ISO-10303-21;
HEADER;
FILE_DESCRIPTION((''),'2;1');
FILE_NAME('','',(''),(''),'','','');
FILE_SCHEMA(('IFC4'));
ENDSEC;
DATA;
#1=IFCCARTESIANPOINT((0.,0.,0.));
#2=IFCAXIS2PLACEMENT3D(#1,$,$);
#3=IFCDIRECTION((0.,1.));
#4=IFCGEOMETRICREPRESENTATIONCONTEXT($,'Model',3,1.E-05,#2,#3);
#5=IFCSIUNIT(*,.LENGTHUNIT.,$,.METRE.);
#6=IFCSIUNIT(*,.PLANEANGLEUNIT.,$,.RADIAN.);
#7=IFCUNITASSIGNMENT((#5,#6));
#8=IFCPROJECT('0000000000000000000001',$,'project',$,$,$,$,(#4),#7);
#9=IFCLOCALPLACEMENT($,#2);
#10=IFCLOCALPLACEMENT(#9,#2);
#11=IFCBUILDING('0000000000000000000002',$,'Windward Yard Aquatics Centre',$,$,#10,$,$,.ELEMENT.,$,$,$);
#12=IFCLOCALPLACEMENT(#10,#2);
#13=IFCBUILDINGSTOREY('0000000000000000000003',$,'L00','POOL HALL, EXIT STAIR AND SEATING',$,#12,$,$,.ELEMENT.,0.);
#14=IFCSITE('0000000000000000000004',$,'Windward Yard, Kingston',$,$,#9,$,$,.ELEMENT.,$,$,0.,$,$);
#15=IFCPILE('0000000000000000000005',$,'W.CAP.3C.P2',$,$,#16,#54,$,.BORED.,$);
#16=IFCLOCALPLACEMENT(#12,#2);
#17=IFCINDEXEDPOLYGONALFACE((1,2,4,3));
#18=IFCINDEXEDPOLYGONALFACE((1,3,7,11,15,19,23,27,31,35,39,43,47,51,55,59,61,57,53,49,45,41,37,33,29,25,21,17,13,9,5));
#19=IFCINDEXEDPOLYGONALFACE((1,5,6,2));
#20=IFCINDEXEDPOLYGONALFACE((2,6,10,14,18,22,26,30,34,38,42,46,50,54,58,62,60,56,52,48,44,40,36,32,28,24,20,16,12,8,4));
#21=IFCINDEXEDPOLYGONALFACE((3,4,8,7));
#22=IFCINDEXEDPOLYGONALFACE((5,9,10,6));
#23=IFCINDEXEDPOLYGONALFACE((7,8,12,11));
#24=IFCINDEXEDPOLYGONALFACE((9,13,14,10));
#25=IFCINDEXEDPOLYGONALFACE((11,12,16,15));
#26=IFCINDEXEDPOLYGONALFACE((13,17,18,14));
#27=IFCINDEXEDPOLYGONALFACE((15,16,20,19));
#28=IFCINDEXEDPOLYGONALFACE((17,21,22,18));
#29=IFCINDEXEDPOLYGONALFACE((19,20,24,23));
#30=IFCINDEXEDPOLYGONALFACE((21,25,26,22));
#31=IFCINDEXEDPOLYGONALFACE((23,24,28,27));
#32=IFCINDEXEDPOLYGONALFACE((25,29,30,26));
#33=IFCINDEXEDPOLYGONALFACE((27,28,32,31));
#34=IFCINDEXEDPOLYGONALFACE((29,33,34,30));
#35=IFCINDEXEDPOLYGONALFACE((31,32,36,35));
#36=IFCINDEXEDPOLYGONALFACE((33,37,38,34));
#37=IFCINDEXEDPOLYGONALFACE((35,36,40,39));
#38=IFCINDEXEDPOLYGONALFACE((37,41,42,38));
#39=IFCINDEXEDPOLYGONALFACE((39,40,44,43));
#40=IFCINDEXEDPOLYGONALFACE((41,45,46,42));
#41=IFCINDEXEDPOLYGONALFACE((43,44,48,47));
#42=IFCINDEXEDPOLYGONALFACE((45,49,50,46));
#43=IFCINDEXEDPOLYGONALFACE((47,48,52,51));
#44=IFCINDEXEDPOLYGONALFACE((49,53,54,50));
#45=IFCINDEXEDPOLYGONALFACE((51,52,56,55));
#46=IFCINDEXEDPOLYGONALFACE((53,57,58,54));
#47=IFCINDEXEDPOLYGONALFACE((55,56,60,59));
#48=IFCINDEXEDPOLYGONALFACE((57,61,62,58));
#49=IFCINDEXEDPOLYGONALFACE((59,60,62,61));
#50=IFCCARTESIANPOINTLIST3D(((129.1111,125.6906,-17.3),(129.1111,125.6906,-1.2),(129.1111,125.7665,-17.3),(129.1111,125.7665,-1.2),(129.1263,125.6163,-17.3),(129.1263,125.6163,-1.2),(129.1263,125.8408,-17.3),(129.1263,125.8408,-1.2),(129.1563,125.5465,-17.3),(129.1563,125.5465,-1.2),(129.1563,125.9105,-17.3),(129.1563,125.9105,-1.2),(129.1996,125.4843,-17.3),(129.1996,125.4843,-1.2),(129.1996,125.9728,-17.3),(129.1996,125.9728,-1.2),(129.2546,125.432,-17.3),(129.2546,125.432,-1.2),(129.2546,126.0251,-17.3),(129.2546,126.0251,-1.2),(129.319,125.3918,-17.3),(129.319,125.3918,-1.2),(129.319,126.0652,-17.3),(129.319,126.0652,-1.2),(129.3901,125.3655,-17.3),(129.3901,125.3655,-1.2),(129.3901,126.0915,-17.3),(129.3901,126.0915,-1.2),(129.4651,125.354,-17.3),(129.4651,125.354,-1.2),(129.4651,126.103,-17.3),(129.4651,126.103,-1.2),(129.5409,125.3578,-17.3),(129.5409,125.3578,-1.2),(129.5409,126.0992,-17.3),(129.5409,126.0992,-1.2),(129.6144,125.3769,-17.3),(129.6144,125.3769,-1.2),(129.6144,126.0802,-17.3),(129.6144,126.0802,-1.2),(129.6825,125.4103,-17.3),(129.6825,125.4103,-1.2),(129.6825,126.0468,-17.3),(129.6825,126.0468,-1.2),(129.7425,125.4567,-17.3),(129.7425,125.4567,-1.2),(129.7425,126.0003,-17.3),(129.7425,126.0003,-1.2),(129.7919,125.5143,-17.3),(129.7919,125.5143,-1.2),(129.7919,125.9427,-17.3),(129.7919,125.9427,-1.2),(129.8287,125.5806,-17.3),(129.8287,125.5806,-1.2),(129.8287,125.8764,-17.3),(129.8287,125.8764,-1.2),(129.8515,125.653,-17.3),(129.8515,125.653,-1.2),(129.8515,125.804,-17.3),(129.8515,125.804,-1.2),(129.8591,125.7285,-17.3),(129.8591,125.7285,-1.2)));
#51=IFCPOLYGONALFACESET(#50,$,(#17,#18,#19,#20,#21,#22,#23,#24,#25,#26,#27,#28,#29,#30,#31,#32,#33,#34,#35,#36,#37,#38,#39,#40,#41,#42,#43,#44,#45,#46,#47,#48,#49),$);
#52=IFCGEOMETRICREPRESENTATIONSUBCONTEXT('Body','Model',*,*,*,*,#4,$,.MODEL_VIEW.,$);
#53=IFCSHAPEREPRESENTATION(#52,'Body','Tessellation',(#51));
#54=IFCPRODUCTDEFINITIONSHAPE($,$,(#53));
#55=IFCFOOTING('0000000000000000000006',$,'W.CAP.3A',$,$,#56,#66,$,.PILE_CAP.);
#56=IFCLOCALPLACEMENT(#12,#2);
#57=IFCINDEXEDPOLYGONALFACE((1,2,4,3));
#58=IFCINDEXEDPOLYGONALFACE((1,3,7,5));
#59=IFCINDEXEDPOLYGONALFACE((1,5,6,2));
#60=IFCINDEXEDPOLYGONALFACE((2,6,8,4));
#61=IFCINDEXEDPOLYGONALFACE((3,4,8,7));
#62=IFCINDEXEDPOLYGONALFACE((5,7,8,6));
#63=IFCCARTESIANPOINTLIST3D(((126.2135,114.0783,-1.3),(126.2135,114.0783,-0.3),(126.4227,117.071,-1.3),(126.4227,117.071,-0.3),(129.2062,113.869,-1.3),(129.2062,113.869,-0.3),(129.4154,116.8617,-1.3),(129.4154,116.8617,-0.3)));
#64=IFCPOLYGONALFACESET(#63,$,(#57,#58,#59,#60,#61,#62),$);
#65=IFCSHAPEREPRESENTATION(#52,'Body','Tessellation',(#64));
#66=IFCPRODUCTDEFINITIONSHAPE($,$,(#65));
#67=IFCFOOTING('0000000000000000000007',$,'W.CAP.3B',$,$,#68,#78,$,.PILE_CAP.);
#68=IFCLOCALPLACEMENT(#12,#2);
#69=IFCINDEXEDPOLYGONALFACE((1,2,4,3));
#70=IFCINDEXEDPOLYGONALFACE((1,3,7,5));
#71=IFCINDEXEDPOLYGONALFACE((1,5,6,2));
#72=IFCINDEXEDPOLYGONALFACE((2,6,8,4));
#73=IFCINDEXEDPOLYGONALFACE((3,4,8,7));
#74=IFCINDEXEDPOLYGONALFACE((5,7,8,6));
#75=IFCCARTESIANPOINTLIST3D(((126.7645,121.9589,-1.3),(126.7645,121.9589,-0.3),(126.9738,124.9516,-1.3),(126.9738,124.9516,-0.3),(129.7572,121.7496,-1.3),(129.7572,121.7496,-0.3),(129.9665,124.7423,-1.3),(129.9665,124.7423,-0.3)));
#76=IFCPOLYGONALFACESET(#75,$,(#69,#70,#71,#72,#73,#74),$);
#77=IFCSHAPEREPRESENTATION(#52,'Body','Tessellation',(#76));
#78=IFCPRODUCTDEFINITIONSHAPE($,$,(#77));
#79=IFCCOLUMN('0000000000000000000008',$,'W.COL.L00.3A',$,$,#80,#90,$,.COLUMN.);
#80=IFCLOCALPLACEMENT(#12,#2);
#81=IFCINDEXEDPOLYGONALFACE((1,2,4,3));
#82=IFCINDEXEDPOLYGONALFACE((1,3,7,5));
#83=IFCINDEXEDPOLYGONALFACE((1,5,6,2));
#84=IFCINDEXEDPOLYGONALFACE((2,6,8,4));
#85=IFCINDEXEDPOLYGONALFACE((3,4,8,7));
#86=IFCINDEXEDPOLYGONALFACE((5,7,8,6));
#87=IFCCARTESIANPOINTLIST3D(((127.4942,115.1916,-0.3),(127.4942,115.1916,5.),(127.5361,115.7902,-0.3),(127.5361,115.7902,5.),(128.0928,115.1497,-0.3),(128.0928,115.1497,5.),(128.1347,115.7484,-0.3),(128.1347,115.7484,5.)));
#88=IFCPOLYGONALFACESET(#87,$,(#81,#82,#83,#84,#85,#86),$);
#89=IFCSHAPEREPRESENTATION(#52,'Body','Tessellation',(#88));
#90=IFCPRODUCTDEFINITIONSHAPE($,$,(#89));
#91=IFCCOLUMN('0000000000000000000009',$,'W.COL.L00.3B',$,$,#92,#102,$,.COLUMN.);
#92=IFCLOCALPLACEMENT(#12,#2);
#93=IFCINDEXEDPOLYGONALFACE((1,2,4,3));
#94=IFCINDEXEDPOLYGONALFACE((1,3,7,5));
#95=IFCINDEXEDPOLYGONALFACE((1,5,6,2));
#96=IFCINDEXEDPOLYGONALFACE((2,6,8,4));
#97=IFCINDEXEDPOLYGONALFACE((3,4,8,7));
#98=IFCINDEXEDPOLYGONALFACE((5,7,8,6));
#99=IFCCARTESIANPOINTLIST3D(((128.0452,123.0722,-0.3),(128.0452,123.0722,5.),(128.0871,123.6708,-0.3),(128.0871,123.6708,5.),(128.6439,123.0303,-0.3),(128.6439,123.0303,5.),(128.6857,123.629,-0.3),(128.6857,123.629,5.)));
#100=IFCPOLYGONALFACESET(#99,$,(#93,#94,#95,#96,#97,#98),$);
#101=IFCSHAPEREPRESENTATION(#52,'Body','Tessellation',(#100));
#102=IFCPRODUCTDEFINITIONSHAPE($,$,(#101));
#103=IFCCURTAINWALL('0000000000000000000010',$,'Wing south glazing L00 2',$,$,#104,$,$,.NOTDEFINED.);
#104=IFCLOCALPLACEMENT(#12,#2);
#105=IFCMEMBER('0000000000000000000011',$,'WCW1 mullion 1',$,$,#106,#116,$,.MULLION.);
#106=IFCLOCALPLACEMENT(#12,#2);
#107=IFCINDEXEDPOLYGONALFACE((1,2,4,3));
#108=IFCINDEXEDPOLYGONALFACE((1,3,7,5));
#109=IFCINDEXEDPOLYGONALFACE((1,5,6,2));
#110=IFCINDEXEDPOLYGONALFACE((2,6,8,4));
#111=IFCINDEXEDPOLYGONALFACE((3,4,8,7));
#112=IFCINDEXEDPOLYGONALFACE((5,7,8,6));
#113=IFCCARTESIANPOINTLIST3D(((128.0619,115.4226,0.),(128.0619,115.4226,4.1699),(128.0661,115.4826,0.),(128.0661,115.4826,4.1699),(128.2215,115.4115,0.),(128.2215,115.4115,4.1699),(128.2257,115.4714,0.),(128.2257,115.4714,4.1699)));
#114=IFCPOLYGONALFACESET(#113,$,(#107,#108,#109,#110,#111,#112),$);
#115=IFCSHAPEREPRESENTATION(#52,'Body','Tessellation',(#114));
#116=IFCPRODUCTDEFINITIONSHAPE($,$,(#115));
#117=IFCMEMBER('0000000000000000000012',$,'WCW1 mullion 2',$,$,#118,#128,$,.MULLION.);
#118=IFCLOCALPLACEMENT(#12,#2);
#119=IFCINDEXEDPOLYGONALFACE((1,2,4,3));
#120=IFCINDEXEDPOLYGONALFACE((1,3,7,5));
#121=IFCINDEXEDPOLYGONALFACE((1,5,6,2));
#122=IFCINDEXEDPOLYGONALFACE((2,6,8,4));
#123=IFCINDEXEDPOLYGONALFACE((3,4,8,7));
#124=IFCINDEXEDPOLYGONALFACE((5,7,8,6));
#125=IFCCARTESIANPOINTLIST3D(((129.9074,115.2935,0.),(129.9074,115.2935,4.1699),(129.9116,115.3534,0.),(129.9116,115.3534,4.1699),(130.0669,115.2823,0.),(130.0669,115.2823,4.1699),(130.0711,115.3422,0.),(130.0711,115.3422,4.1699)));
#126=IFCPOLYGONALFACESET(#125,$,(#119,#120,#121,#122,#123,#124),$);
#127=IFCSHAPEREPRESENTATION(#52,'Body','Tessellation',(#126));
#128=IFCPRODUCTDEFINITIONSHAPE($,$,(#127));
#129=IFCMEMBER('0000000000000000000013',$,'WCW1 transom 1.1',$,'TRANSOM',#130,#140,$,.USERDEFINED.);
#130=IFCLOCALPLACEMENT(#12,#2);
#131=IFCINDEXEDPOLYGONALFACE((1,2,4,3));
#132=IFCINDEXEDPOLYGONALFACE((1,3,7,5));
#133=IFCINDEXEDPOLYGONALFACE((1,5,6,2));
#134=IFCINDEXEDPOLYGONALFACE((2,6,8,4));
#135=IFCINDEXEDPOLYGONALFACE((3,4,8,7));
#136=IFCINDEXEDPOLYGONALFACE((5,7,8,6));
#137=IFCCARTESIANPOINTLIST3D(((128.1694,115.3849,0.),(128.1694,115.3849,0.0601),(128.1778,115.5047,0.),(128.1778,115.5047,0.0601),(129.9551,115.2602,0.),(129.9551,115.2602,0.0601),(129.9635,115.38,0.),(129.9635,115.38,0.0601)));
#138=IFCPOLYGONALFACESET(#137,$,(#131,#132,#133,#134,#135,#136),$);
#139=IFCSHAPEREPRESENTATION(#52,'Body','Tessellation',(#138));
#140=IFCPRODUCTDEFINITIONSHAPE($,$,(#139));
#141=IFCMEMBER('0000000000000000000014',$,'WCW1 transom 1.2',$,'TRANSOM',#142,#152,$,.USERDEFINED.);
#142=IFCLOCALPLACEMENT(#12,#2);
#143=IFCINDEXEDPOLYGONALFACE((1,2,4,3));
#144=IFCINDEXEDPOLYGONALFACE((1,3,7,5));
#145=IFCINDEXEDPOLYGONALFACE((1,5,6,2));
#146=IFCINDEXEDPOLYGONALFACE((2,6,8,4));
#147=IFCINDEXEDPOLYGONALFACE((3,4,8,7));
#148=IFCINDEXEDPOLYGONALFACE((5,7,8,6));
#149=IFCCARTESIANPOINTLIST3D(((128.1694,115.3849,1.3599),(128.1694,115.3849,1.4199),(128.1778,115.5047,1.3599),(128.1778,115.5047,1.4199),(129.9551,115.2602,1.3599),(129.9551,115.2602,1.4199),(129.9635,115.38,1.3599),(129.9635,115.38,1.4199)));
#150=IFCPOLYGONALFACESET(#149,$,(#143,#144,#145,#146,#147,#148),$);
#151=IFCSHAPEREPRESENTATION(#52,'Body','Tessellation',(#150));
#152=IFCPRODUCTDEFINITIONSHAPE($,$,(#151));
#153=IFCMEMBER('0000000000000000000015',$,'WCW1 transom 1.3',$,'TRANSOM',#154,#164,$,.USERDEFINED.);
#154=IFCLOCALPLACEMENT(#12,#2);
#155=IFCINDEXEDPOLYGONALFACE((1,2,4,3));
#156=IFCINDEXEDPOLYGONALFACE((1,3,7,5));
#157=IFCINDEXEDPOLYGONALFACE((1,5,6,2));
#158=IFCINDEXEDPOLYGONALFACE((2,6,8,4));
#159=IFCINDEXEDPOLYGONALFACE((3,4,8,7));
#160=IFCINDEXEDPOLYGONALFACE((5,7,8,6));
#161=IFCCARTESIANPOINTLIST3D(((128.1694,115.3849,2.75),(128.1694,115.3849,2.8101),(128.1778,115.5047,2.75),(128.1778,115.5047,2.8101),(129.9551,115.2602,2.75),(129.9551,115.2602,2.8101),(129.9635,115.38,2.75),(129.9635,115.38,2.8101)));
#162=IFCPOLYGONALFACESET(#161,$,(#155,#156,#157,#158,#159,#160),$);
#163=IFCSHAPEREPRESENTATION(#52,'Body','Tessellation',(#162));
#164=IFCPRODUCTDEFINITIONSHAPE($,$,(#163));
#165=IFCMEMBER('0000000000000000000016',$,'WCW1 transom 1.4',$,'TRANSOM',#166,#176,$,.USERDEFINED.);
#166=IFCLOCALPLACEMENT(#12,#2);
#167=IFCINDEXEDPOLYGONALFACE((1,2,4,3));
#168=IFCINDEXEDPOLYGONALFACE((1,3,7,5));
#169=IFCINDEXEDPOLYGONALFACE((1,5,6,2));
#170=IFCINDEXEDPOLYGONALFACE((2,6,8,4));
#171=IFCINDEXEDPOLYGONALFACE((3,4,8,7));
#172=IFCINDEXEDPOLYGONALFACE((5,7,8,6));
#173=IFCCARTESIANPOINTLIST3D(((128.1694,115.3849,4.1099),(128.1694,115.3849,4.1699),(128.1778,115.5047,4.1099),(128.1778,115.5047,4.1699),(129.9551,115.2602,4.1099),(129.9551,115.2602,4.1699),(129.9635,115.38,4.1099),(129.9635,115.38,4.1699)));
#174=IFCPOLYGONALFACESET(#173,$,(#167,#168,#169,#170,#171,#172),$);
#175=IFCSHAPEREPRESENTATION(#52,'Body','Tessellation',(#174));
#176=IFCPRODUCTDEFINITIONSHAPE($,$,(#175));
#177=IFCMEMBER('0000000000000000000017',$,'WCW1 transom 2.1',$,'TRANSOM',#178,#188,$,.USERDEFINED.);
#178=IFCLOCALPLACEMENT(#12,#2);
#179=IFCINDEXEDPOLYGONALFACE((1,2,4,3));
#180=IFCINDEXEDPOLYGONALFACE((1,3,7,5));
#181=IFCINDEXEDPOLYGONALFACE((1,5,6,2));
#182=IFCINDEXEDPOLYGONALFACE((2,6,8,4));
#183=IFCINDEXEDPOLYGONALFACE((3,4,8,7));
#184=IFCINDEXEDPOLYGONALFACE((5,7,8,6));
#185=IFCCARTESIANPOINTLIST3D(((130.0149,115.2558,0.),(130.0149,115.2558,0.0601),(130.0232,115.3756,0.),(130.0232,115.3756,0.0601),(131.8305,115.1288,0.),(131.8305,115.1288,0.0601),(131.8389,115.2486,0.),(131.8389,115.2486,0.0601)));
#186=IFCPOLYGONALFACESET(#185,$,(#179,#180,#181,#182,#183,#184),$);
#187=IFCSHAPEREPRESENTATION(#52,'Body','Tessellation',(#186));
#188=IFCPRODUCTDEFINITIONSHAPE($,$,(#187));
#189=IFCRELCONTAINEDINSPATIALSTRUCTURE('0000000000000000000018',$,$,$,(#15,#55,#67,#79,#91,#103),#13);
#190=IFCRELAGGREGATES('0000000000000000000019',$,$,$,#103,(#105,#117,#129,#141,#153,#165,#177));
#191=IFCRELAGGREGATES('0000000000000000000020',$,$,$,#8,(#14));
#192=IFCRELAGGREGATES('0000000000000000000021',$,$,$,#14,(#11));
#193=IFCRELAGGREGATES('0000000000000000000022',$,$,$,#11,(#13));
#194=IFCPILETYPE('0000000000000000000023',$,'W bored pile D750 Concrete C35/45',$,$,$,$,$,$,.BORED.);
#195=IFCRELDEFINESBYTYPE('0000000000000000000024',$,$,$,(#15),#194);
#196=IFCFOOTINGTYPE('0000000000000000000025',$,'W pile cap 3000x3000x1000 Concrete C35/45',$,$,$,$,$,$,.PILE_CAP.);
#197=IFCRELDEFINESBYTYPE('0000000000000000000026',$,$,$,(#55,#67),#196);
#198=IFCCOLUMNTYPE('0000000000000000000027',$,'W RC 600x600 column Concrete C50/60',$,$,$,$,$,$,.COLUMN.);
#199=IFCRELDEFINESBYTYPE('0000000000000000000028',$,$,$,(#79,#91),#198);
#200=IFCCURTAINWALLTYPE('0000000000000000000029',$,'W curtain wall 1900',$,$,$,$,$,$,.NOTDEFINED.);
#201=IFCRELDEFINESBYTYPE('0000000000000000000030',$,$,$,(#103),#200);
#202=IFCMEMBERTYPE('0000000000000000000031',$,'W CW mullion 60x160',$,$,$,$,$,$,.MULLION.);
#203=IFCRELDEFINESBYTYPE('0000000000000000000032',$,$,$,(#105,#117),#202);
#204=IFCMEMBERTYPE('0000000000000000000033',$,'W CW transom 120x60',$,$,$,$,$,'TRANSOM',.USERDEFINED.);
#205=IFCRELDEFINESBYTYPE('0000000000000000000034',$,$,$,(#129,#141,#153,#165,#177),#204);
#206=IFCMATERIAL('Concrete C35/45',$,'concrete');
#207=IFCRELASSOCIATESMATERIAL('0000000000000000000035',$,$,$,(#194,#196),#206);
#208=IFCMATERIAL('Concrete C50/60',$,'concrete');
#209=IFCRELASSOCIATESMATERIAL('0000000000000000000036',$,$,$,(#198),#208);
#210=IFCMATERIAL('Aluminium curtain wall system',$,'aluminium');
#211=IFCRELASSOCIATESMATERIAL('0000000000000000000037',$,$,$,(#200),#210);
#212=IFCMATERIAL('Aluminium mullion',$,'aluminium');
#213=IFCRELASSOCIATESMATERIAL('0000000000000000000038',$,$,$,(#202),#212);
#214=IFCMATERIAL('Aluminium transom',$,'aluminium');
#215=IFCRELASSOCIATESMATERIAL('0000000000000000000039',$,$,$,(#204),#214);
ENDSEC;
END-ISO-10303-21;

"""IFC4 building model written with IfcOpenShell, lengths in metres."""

from ifc_helpers import new_model, si_unit, direction, frame, origin, origin_2d, place, context, subcontext, project, spatial, rectangle, circle, extrude, material, material_profile, profile_set, type_object, element, aggregate, save


model = new_model("IFC4")

# Units and contexts
model_context = context("Model", 3, precision=1e-05, world=origin(), true_north=direction((0.0, 1.0)))
body_context = subcontext(model_context, "Body", "Model", "MODEL_VIEW")
ifc_project = project(units=[si_unit("LENGTHUNIT", "METRE"), si_unit("PLANEANGLEUNIT", "RADIAN")], contexts=[model_context])

# Site, building, storey
site_placement = place(None, origin())
site = spatial("IfcSite", under=ifc_project, at=site_placement, Name="Windward Yard, Kingston", CompositionType="ELEMENT", RefElevation=0.0)
building_placement = place(site_placement, origin())
building = spatial("IfcBuilding", under=site, at=building_placement, Name="Windward Yard Aquatics Centre", CompositionType="ELEMENT")
storey_placement = place(building_placement, origin())
storey = spatial("IfcBuildingStorey", under=building, at=storey_placement, Name="L00", Description="POOL HALL, EXIT STAIR AND SEATING", CompositionType="ELEMENT", Elevation=0.0)

# Pile
ifc_material_1 = material(Name="Concrete C35/45", Category="concrete")
ifc_material_profile_1 = material_profile(ifc_material_1, circle(Radius=0.375, at=origin_2d()), Name="D750")
ifc_profile_set_1 = profile_set([ifc_material_profile_1], Name="Concrete C35/45")
pile_type = type_object("IfcPileType", Name="W bored pile D750 Concrete C35/45", PredefinedType="BORED", material=ifc_profile_set_1)
for number, where, z_axis, x_axis, name in (
    (1, (129.4841, 125.7285, -1.2), (0.0, 0.0, -1.0), (1.0, 0.0, 0.0), "W.CAP.3C.P2"),
):
    element("IfcPile", number, at=place(storey_placement, frame(where, z_axis=z_axis, x_axis=x_axis)), inside=storey, type_object=pile_type, Name=name, PredefinedType="BORED", context=body_context, shape_type="SweptSolid", body=[
        extrude(circle(Radius=0.375, at=origin_2d()), origin(), (0.0, 0.0, 1.0), 16.1001),
    ])

# Footings
footing_type = type_object("IfcFootingType", Name="W pile cap 3000x3000x1000 Concrete C35/45", PredefinedType="PILE_CAP", material=ifc_material_1)
for number, where, z_axis, x_axis, name in (
    (2, (127.8145, 115.47, -1.3), (0.0, 0.0, 1.0), (0.997564, -0.069756, 0.0), "W.CAP.3A"),
    (3, (128.3655, 123.3506, -1.3), (0.0, 0.0, 1.0), (0.997564, -0.069756, 0.0), "W.CAP.3B"),
):
    element("IfcFooting", number, at=place(storey_placement, frame(where, z_axis=z_axis, x_axis=x_axis)), inside=storey, type_object=footing_type, Name=name, PredefinedType="PILE_CAP", context=body_context, shape_type="SweptSolid", body=[
        extrude(rectangle(XDim=3.0, YDim=3.0, at=origin_2d()), origin(), (0.0, 0.0, 1.0), 1.0),
    ])

# Columns
ifc_material_2 = material(Name="Concrete C50/60", Category="concrete")
ifc_material_profile_2 = material_profile(ifc_material_2, rectangle(XDim=0.6001, YDim=0.6001, at=origin_2d()), Name="RC 600x600")
ifc_profile_set_2 = profile_set([ifc_material_profile_2], Name="Concrete C50/60")
column_type = type_object("IfcColumnType", Name="W RC 600x600 column Concrete C50/60", PredefinedType="COLUMN", material=ifc_profile_set_2)
for number, where, z_axis, x_axis, name in (
    (4, (127.8145, 115.47, -0.3), (0.0, 0.0, 1.0), (0.997564, -0.069756, 0.0), "W.COL.L00.3A"),
    (5, (128.3655, 123.3506, -0.3), (0.0, 0.0, 1.0), (0.997564, -0.069756, 0.0), "W.COL.L00.3B"),
):
    element("IfcColumn", number, at=place(storey_placement, frame(where, z_axis=z_axis, x_axis=x_axis)), inside=storey, type_object=column_type, Name=name, PredefinedType="COLUMN", context=body_context, shape_type="SweptSolid", body=[
        extrude(rectangle(XDim=0.6001, YDim=0.6001, at=origin_2d()), origin(), (0.0, 0.0, 1.0), 5.3),
    ])

# Curtain wall, members
ifc_material_3 = material(Name="Aluminium curtain wall system", Category="aluminium")
curtain_wall_type = type_object("IfcCurtainWallType", Name="W curtain wall 1900", PredefinedType="NOTDEFINED", material=ifc_material_3)
curtain_wall_placement = place(storey_placement, origin())
curtain_wall = element("IfcCurtainWall", 6, at=curtain_wall_placement, inside=storey, type_object=curtain_wall_type, Name="Wing south glazing L00 2", PredefinedType="NOTDEFINED")
ifc_material_4 = material(Name="Aluminium mullion", Category="aluminium")
ifc_material_profile_3 = material_profile(ifc_material_4, rectangle(XDim=0.0601, YDim=0.1599, at=origin_2d()), Name="AL 60x160")
ifc_profile_set_3 = profile_set([ifc_material_profile_3], Name="Aluminium mullion")
member_type_1 = type_object("IfcMemberType", Name="W CW mullion 60x160", PredefinedType="MULLION", material=ifc_profile_set_3)
member_1_placement = place(storey_placement, frame((128.1438, 115.447, 0.0), z_axis=(0.0, 0.0, 1.0), x_axis=(0.069755, 0.997564, 0.0)))
member_1 = element("IfcMember", 7, at=member_1_placement, type_object=member_type_1, Name="WCW1 mullion 1", PredefinedType="MULLION", context=body_context, shape_type="SweptSolid", body=[
    extrude(rectangle(XDim=0.0601, YDim=0.1599, at=origin_2d()), origin(), (0.0, 0.0, 1.0), 4.1699),
])
member_2_placement = place(storey_placement, frame((129.9893, 115.3179, 0.0), z_axis=(0.0, 0.0, 1.0), x_axis=(0.069755, 0.997564, 0.0)))
member_2 = element("IfcMember", 8, at=member_2_placement, type_object=member_type_1, Name="WCW1 mullion 2", PredefinedType="MULLION", context=body_context, shape_type="SweptSolid", body=[
    extrude(rectangle(XDim=0.0601, YDim=0.1599, at=origin_2d()), origin(), (0.0, 0.0, 1.0), 4.1699),
])
ifc_material_5 = material(Name="Aluminium transom", Category="aluminium")
ifc_material_profile_4 = material_profile(ifc_material_5, rectangle(XDim=0.1201, YDim=0.0601, at=origin_2d()), Name="AL 120x60")
ifc_profile_set_4 = profile_set([ifc_material_profile_4], Name="Aluminium transom")
member_type_2 = type_object("IfcMemberType", Name="W CW transom 120x60", ElementType="TRANSOM", PredefinedType="USERDEFINED", material=ifc_profile_set_4)
member_3_placement = place(storey_placement, frame((128.1736, 115.4448, 0.03), z_axis=(0.997568, -0.069696, 0.0), x_axis=(0.069696, 0.997568, 0.0)))
member_3 = element("IfcMember", 9, at=member_3_placement, type_object=member_type_2, Name="WCW1 transom 1.1", ObjectType="TRANSOM", PredefinedType="USERDEFINED", context=body_context, shape_type="SweptSolid", body=[
    extrude(rectangle(XDim=0.1201, YDim=0.0601, at=origin_2d()), origin(), (0.0, 0.0, 1.0), 1.79),
])
member_4_placement = place(storey_placement, frame((128.1736, 115.4448, 1.3899), z_axis=(0.997568, -0.069696, 0.0), x_axis=(0.069696, 0.997568, 0.0)))
member_4 = element("IfcMember", 10, at=member_4_placement, type_object=member_type_2, Name="WCW1 transom 1.2", ObjectType="TRANSOM", PredefinedType="USERDEFINED", context=body_context, shape_type="SweptSolid", body=[
    extrude(rectangle(XDim=0.1201, YDim=0.0601, at=origin_2d()), origin(), (0.0, 0.0, 1.0), 1.79),
])
member_5_placement = place(storey_placement, frame((128.1736, 115.4448, 2.78), z_axis=(0.997568, -0.069696, 0.0), x_axis=(0.069696, 0.997568, 0.0)))
member_5 = element("IfcMember", 11, at=member_5_placement, type_object=member_type_2, Name="WCW1 transom 1.3", ObjectType="TRANSOM", PredefinedType="USERDEFINED", context=body_context, shape_type="SweptSolid", body=[
    extrude(rectangle(XDim=0.1201, YDim=0.0601, at=origin_2d()), origin(), (0.0, 0.0, 1.0), 1.79),
])
member_6_placement = place(storey_placement, frame((128.1736, 115.4448, 4.1399), z_axis=(0.997568, -0.069696, 0.0), x_axis=(0.069696, 0.997568, 0.0)))
member_6 = element("IfcMember", 12, at=member_6_placement, type_object=member_type_2, Name="WCW1 transom 1.4", ObjectType="TRANSOM", PredefinedType="USERDEFINED", context=body_context, shape_type="SweptSolid", body=[
    extrude(rectangle(XDim=0.1201, YDim=0.0601, at=origin_2d()), origin(), (0.0, 0.0, 1.0), 1.79),
])
member_7_placement = place(storey_placement, frame((130.019, 115.3157, 0.03), z_axis=(0.997564, -0.06975, 0.0), x_axis=(0.06975, 0.997564, 0.0)))
member_7 = element("IfcMember", 13, at=member_7_placement, type_object=member_type_2, Name="WCW1 transom 2.1", ObjectType="TRANSOM", PredefinedType="USERDEFINED", context=body_context, shape_type="SweptSolid", body=[
    extrude(rectangle(XDim=0.1201, YDim=0.0601, at=origin_2d()), origin(), (0.0, 0.0, 1.0), 1.8201),
])
aggregate(curtain_wall, [member_1, member_2, member_3, member_4, member_5, member_6, member_7])

save(model, "model.ifc")
